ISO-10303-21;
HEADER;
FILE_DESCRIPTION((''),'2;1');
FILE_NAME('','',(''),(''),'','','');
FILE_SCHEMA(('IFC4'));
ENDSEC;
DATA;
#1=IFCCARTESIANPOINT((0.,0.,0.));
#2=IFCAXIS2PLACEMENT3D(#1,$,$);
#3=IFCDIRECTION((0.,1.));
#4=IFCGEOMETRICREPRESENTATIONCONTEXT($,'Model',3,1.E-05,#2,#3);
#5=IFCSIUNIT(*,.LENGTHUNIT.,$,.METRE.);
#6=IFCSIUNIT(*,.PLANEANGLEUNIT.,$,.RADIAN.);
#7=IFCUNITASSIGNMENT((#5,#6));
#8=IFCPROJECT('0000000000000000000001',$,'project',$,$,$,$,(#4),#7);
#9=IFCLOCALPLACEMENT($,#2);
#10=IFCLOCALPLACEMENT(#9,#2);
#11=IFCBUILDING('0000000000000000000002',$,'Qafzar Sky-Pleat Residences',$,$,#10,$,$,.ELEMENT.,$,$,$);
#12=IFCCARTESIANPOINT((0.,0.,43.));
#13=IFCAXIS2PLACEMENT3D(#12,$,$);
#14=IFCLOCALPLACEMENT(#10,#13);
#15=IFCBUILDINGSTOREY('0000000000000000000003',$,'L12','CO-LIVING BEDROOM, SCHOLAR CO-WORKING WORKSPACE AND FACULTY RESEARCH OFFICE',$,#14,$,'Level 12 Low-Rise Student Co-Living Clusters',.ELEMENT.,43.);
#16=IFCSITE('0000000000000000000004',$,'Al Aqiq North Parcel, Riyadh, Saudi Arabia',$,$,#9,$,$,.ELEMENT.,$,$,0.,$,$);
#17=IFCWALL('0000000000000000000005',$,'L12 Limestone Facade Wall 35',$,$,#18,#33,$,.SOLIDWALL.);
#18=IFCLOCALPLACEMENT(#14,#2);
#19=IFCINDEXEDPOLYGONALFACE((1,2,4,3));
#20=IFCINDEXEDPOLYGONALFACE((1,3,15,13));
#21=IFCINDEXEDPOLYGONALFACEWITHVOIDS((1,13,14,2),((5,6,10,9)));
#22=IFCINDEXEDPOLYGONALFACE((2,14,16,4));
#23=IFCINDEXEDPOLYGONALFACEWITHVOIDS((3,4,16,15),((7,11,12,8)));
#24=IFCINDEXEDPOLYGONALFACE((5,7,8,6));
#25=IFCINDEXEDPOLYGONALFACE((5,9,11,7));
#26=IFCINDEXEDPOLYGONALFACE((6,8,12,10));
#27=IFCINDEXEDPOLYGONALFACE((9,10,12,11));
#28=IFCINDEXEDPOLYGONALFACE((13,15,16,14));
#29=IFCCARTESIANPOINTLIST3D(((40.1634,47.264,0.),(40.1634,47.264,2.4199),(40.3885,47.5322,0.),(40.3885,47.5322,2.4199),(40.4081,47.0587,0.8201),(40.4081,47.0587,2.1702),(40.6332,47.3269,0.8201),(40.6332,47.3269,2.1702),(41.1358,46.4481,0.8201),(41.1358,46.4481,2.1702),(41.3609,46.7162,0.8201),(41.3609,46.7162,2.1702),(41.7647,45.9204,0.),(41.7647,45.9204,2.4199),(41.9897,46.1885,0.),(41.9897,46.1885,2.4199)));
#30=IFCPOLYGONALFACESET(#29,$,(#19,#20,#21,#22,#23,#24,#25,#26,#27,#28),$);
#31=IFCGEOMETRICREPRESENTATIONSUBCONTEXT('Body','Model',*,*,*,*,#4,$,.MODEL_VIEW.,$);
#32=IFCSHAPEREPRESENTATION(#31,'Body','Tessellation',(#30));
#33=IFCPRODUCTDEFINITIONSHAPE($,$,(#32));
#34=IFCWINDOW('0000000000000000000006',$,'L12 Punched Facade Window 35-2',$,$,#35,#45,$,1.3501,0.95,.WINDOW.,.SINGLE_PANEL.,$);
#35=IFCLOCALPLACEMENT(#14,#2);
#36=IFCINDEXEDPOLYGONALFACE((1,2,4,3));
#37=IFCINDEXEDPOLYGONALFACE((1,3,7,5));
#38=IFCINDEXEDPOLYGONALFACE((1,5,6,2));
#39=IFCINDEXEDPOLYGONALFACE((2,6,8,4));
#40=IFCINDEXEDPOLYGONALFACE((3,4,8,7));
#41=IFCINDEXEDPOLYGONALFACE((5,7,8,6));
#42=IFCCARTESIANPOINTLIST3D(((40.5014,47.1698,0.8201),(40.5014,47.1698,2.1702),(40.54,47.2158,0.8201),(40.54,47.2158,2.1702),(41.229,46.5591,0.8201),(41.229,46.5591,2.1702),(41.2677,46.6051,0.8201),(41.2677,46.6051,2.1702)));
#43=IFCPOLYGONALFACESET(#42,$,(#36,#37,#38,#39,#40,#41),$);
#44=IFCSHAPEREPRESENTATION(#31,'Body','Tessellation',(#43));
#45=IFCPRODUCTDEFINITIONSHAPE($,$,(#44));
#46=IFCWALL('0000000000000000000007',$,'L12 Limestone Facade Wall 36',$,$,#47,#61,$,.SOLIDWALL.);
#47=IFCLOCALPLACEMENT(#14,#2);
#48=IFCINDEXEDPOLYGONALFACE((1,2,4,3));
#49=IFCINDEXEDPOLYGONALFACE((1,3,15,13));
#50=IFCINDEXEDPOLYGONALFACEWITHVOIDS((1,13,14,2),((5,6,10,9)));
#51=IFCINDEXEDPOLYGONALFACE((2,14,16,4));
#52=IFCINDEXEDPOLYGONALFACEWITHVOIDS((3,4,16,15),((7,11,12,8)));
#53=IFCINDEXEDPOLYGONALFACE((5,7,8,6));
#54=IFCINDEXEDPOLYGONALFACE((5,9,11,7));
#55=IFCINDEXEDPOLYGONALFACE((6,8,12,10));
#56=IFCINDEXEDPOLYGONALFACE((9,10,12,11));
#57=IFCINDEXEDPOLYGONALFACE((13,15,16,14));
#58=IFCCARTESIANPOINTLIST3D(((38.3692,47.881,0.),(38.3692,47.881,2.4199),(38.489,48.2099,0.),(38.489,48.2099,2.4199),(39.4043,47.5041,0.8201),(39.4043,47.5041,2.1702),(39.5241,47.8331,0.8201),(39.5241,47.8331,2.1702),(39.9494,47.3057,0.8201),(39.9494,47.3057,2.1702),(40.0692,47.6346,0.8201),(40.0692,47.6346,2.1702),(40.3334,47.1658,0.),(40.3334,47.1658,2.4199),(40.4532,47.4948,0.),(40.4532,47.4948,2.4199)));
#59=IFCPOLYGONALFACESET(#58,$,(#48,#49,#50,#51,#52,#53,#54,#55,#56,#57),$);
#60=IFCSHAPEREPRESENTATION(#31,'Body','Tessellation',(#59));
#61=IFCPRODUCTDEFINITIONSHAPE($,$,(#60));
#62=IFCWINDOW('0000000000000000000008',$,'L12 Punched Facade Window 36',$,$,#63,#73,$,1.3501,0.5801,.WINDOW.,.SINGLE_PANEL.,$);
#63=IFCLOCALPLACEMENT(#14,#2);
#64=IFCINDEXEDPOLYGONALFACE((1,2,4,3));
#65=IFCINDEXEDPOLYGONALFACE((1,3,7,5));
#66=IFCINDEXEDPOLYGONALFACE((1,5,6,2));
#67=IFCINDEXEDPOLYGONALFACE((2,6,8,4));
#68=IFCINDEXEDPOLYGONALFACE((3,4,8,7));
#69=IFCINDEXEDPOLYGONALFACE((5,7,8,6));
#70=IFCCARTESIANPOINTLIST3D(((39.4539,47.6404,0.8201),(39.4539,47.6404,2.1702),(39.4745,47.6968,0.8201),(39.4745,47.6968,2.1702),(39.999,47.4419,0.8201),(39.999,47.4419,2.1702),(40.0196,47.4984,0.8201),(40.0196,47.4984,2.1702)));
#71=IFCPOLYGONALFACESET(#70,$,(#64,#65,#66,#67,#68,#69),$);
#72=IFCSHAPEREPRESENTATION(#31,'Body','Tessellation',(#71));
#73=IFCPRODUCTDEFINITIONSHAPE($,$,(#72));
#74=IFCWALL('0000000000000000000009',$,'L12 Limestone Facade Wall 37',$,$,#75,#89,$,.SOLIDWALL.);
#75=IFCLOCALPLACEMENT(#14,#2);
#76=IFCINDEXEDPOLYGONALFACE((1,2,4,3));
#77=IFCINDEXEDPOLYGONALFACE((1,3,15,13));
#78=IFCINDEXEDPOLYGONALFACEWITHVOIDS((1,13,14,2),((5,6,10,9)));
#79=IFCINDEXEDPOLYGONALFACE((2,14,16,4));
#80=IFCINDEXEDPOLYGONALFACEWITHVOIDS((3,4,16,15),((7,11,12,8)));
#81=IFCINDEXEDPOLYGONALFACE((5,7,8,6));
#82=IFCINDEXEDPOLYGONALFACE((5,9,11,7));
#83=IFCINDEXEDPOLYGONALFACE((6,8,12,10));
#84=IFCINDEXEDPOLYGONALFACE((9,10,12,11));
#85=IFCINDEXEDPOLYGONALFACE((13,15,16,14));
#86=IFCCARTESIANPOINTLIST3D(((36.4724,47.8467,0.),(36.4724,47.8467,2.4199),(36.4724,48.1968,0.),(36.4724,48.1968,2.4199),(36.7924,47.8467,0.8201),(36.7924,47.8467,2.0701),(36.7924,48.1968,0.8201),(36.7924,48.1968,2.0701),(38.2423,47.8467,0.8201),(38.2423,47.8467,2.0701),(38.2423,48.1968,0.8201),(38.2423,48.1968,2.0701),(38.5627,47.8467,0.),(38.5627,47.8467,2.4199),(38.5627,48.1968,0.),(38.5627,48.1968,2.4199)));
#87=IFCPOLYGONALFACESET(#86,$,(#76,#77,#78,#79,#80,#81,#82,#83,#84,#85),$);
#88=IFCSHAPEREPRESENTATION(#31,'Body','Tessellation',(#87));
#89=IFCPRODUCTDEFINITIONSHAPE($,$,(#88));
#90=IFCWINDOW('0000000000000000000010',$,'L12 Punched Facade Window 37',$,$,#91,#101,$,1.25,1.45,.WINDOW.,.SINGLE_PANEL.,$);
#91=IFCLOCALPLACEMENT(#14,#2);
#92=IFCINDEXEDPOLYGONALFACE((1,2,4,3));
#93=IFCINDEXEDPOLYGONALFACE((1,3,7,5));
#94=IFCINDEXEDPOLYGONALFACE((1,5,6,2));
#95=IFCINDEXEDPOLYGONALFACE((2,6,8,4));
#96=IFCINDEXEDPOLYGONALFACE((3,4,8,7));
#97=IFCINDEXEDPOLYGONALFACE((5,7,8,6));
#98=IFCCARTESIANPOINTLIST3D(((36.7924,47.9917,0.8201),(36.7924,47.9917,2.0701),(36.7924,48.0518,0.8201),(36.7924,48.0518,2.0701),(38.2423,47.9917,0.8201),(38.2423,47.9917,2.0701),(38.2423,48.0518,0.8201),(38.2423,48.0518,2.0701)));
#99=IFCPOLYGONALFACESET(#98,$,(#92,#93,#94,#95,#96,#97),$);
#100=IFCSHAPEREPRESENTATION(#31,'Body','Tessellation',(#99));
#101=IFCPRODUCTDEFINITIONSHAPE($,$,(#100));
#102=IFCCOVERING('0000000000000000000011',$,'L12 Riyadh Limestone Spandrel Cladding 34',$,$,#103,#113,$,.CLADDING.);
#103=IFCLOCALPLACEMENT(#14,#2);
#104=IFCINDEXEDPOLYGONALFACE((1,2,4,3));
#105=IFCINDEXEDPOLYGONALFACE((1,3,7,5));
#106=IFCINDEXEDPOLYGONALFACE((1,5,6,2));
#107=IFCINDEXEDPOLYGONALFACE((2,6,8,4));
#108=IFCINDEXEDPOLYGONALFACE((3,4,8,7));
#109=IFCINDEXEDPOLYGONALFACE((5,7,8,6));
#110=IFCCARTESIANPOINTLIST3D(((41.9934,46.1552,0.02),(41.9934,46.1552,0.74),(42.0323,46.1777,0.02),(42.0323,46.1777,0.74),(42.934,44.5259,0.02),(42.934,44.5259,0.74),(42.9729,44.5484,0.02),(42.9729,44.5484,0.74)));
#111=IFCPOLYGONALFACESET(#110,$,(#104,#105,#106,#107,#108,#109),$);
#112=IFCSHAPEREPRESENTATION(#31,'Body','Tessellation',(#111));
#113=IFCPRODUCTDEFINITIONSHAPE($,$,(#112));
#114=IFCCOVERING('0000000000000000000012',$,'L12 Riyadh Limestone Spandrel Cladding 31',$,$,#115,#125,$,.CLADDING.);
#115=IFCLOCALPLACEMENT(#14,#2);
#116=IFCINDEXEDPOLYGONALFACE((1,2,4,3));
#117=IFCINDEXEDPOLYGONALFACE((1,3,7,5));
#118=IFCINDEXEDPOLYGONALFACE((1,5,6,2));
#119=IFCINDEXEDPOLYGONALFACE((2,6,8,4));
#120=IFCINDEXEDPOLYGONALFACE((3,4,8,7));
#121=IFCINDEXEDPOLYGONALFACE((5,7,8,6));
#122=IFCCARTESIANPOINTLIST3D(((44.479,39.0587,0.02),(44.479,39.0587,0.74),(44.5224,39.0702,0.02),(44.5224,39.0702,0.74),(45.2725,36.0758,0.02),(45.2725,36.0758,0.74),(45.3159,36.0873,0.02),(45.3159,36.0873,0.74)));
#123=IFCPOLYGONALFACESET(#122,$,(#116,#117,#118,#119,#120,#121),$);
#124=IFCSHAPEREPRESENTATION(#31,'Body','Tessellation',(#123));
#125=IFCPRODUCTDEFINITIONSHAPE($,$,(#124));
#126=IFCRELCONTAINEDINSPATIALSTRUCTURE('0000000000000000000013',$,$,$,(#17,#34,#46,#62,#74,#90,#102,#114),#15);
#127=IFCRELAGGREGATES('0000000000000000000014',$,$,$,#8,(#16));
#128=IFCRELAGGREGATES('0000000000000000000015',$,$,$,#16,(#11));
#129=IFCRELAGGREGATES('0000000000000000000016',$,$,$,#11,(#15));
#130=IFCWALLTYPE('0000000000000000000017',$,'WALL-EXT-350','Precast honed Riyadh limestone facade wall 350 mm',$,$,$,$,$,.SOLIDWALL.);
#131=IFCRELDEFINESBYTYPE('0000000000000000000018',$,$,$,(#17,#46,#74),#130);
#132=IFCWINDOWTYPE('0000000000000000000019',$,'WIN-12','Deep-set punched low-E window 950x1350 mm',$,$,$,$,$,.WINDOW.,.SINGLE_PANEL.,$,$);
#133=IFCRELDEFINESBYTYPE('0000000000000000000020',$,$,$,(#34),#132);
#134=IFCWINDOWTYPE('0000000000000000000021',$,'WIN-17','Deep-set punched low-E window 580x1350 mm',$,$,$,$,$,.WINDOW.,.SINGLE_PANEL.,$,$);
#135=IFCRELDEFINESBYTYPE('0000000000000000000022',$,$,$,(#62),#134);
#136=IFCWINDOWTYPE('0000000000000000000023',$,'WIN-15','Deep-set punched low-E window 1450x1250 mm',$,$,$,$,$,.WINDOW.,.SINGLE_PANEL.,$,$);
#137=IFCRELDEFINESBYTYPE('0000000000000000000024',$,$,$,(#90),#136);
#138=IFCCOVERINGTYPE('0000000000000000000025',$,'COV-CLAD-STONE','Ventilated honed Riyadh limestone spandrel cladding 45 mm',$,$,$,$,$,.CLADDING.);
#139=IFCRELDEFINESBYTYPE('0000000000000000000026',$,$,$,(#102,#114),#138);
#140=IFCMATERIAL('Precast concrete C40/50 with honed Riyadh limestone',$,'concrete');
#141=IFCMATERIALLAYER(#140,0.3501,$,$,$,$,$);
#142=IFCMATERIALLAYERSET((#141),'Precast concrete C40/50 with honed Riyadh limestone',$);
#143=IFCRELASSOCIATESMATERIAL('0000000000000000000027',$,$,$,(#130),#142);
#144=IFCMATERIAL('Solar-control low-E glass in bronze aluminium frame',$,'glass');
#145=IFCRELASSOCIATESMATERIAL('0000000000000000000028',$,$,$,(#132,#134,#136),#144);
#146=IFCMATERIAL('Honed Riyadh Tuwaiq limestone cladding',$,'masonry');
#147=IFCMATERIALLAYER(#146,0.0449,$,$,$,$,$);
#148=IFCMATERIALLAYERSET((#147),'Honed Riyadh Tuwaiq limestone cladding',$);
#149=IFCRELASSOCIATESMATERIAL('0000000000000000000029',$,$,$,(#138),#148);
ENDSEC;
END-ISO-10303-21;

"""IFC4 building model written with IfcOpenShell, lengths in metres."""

from ifc_helpers import new_model, si_unit, direction, frame, frame_2d, origin, origin_2d, place, context, subcontext, project, spatial, rectangle, extrude, source, transform, mapped, material, layer, layer_set, type_object, element, fill, save


model = new_model("IFC4")

# Units and contexts
model_context = context("Model", 3, precision=1e-05, world=origin(), true_north=direction((0.0, 1.0)))
body_context = subcontext(model_context, "Body", "Model", "MODEL_VIEW")
ifc_project = project(units=[si_unit("LENGTHUNIT", "METRE"), si_unit("PLANEANGLEUNIT", "RADIAN")], contexts=[model_context])

# Site, building, storey
site_placement = place(None, origin())
site = spatial("IfcSite", under=ifc_project, at=site_placement, Name="Al Aqiq North Parcel, Riyadh, Saudi Arabia", CompositionType="ELEMENT", RefElevation=0.0)
building_placement = place(site_placement, origin())
building = spatial("IfcBuilding", under=site, at=building_placement, Name="Qafzar Sky-Pleat Residences", CompositionType="ELEMENT")
storey_placement = place(building_placement, frame((0.0, 0.0, 43.0)))
storey = spatial("IfcBuildingStorey", under=building, at=storey_placement, Name="L12", Description="CO-LIVING BEDROOM, SCHOLAR CO-WORKING WORKSPACE AND FACULTY RESEARCH OFFICE", LongName="Level 12 Low-Rise Student Co-Living Clusters", CompositionType="ELEMENT", Elevation=43.0)

# Shared definitions
ifc_material_1 = material(Name="Precast concrete C40/50 with honed Riyadh limestone", Category="concrete")
ifc_layer_1 = layer(ifc_material_1, 0.3501)
ifc_layer_set_1 = layer_set([ifc_layer_1], Name="Precast concrete C40/50 with honed Riyadh limestone")
wall_type_1 = type_object("IfcWallType", Name="WALL-EXT-350", Description="Precast honed Riyadh limestone facade wall 350 mm", PredefinedType="SOLIDWALL", material=ifc_layer_set_1)
ifc_material_2 = material(Name="Solar-control low-E glass in bronze aluminium frame", Category="glass")

# Walls, openings, windows
wall_1_placement = place(storey_placement, frame((41.8772, 46.0544, 0.0), z_axis=(0.0, 0.0, 1.0), x_axis=(-0.766025, 0.642811, 0.0)))
wall_1 = element("IfcWall", 1, at=wall_1_placement, inside=storey, type_object=wall_type_1, Name="L12 Limestone Facade Wall 35", PredefinedType="SOLIDWALL", context=body_context, shape_type="SweptSolid", body=[
    extrude(rectangle(XDim=2.0903, YDim=0.3501, at=frame_2d((1.0452, 0.0))), origin(), (0.0, 0.0, 1.0), 2.4199),
])
opening_1_placement = place(wall_1_placement, frame((0.8208, 0.0, 0.8201)))
opening_1 = element("IfcOpeningElement", 2, at=opening_1_placement, cuts=wall_1, PredefinedType="OPENING", context=body_context, shape_type="SweptSolid", body=[
    extrude(rectangle(XDim=0.95, YDim=1.3501, at=frame_2d((0.4751, 0.675))), frame((0.0, 0.1851, 0.0), z_axis=(0.0, -1.0, 0.0), x_axis=(1.0, 0.0, 0.0)), (0.0, 0.0, 1.0), 0.3701),
])
window_type_1 = type_object("IfcWindowType", Name="WIN-12", Description="Deep-set punched low-E window 950x1350 mm", PartitioningType="SINGLE_PANEL", PredefinedType="WINDOW", material=ifc_material_2)
shared_shape_1 = source(origin(), body_context, "Body", "SweptSolid", [
    extrude(rectangle(XDim=0.95, YDim=1.3501, at=frame_2d((0.4751, 0.675))), frame((0.0, 0.03, 0.0), z_axis=(0.0, -1.0, 0.0), x_axis=(1.0, 0.0, 0.0)), (0.0, 0.0, 1.0), 0.0601),
])
window_1_placement = place(opening_1_placement, origin())
window_1 = element("IfcWindow", 3, at=window_1_placement, inside=storey, type_object=window_type_1, Name="L12 Punched Facade Window 35-2", OverallHeight=1.3501, OverallWidth=0.95, PartitioningType="SINGLE_PANEL", PredefinedType="WINDOW", context=body_context, shape_type="MappedRepresentation", body=[
    mapped(shared_shape_1, transform((0.0, 0.0, 0.0), x_axis=(1.0, 0.0, 0.0), y_axis=(0.0, 1.0, 0.0), z_axis=(0.0, 0.0, 1.0), scale=1.0)),
])
fill(opening_1, window_1)
wall_2_placement = place(storey_placement, frame((40.3933, 47.3303, 0.0), z_axis=(0.0, 0.0, 1.0), x_axis=(-0.93966, 0.342109, 0.0)))
wall_2 = element("IfcWall", 4, at=wall_2_placement, inside=storey, type_object=wall_type_1, Name="L12 Limestone Facade Wall 36", PredefinedType="SOLIDWALL", context=body_context, shape_type="SweptSolid", body=[
    extrude(rectangle(XDim=2.0903, YDim=0.3501, at=frame_2d((1.0452, 0.0))), origin(), (0.0, 0.0, 1.0), 2.4199),
])
opening_2_placement = place(wall_2_placement, frame((0.4087, 0.0, 0.8201)))
opening_2 = element("IfcOpeningElement", 5, at=opening_2_placement, cuts=wall_2, PredefinedType="OPENING", context=body_context, shape_type="SweptSolid", body=[
    extrude(rectangle(XDim=0.5801, YDim=1.3501, at=frame_2d((0.29, 0.675))), frame((0.0, 0.1851, 0.0), z_axis=(0.0, -1.0, 0.0), x_axis=(1.0, 0.0, 0.0)), (0.0, 0.0, 1.0), 0.3701),
])
window_type_2 = type_object("IfcWindowType", Name="WIN-17", Description="Deep-set punched low-E window 580x1350 mm", PartitioningType="SINGLE_PANEL", PredefinedType="WINDOW", material=ifc_material_2)
shared_shape_2 = source(origin(), body_context, "Body", "SweptSolid", [
    extrude(rectangle(XDim=0.5801, YDim=1.3501, at=frame_2d((0.29, 0.675))), frame((0.0, 0.03, 0.0), z_axis=(0.0, -1.0, 0.0), x_axis=(1.0, 0.0, 0.0)), (0.0, 0.0, 1.0), 0.0601),
])
window_2_placement = place(opening_2_placement, origin())
window_2 = element("IfcWindow", 6, at=window_2_placement, inside=storey, type_object=window_type_2, Name="L12 Punched Facade Window 36", OverallHeight=1.3501, OverallWidth=0.5801, PartitioningType="SINGLE_PANEL", PredefinedType="WINDOW", context=body_context, shape_type="MappedRepresentation", body=[
    mapped(shared_shape_2, transform((0.0, 0.0, 0.0), x_axis=(1.0, 0.0, 0.0), y_axis=(0.0, 1.0, 0.0), z_axis=(0.0, 0.0, 1.0), scale=1.0)),
])
fill(opening_2, window_2)
wall_3_placement = place(storey_placement, frame((38.5627, 48.0217, 0.0), z_axis=(0.0, 0.0, 1.0), x_axis=(-1.0, 0.0, 0.0)))
wall_3 = element("IfcWall", 7, at=wall_3_placement, inside=storey, type_object=wall_type_1, Name="L12 Limestone Facade Wall 37", PredefinedType="SOLIDWALL", context=body_context, shape_type="SweptSolid", body=[
    extrude(rectangle(XDim=2.0903, YDim=0.3501, at=frame_2d((1.0452, 0.0))), origin(), (0.0, 0.0, 1.0), 2.4199),
])
opening_3_placement = place(wall_3_placement, frame((0.3203, 0.0, 0.8201)))
opening_3 = element("IfcOpeningElement", 8, at=opening_3_placement, cuts=wall_3, PredefinedType="OPENING", context=body_context, shape_type="SweptSolid", body=[
    extrude(rectangle(XDim=1.45, YDim=1.25, at=frame_2d((0.7251, 0.625))), frame((0.0, 0.1851, 0.0), z_axis=(0.0, -1.0, 0.0), x_axis=(1.0, 0.0, 0.0)), (0.0, 0.0, 1.0), 0.3701),
])
window_type_3 = type_object("IfcWindowType", Name="WIN-15", Description="Deep-set punched low-E window 1450x1250 mm", PartitioningType="SINGLE_PANEL", PredefinedType="WINDOW", material=ifc_material_2)
shared_shape_3 = source(origin(), body_context, "Body", "SweptSolid", [
    extrude(rectangle(XDim=1.45, YDim=1.25, at=frame_2d((0.7251, 0.625))), frame((0.0, 0.03, 0.0), z_axis=(0.0, -1.0, 0.0), x_axis=(1.0, 0.0, 0.0)), (0.0, 0.0, 1.0), 0.0601),
])
window_3_placement = place(opening_3_placement, origin())
window_3 = element("IfcWindow", 9, at=window_3_placement, inside=storey, type_object=window_type_3, Name="L12 Punched Facade Window 37", OverallHeight=1.25, OverallWidth=1.45, PartitioningType="SINGLE_PANEL", PredefinedType="WINDOW", context=body_context, shape_type="MappedRepresentation", body=[
    mapped(shared_shape_3, transform((0.0, 0.0, 0.0), x_axis=(1.0, 0.0, 0.0), y_axis=(0.0, 1.0, 0.0), z_axis=(0.0, 0.0, 1.0), scale=1.0)),
])
fill(opening_3, window_3)

# Coverings
ifc_material_3 = material(Name="Honed Riyadh Tuwaiq limestone cladding", Category="masonry")
ifc_layer_2 = layer(ifc_material_3, 0.0449)
ifc_layer_set_2 = layer_set([ifc_layer_2], Name="Honed Riyadh Tuwaiq limestone cladding")
covering_type = type_object("IfcCoveringType", Name="COV-CLAD-STONE", Description="Ventilated honed Riyadh limestone spandrel cladding 45 mm", PredefinedType="CLADDING", material=ifc_layer_set_2)
shared_shape_4 = source(origin(), body_context, "Body", "SweptSolid", [
    extrude(rectangle(XDim=1.8813, YDim=0.0449, at=origin_2d()), origin(), (0.0, 0.0, 1.0), 0.72),
])
covering_1_placement = place(storey_placement, frame((42.4832, 45.3518, 0.02), z_axis=(0.0, 0.0, 1.0), x_axis=(-0.499972, 0.866041, 0.0)))
element("IfcCovering", 10, at=covering_1_placement, inside=storey, type_object=covering_type, Name="L12 Riyadh Limestone Spandrel Cladding 34", PredefinedType="CLADDING", context=body_context, shape_type="MappedRepresentation", body=[
    mapped(shared_shape_4, transform((0.0, 0.0, 0.0), x_axis=(1.0, 0.0, 0.0), y_axis=(0.0, 1.0, 0.0), z_axis=(0.0, 0.0, 1.0), scale=1.0)),
])
shared_shape_5 = source(origin(), body_context, "Body", "SweptSolid", [
    extrude(rectangle(XDim=3.0867, YDim=0.0449, at=origin_2d()), origin(), (0.0, 0.0, 1.0), 0.72),
])
covering_2_placement = place(storey_placement, frame((44.8975, 37.573, 0.02), z_axis=(0.0, 0.0, 1.0), x_axis=(-0.25706, 0.966395, 0.0)))
element("IfcCovering", 11, at=covering_2_placement, inside=storey, type_object=covering_type, Name="L12 Riyadh Limestone Spandrel Cladding 31", PredefinedType="CLADDING", context=body_context, shape_type="MappedRepresentation", body=[
    mapped(shared_shape_5, transform((0.0, 0.0, 0.0), x_axis=(1.0, 0.0, 0.0), y_axis=(0.0, 1.0, 0.0), z_axis=(0.0, 0.0, 1.0), scale=1.0)),
])

save(model, "model.ifc")
